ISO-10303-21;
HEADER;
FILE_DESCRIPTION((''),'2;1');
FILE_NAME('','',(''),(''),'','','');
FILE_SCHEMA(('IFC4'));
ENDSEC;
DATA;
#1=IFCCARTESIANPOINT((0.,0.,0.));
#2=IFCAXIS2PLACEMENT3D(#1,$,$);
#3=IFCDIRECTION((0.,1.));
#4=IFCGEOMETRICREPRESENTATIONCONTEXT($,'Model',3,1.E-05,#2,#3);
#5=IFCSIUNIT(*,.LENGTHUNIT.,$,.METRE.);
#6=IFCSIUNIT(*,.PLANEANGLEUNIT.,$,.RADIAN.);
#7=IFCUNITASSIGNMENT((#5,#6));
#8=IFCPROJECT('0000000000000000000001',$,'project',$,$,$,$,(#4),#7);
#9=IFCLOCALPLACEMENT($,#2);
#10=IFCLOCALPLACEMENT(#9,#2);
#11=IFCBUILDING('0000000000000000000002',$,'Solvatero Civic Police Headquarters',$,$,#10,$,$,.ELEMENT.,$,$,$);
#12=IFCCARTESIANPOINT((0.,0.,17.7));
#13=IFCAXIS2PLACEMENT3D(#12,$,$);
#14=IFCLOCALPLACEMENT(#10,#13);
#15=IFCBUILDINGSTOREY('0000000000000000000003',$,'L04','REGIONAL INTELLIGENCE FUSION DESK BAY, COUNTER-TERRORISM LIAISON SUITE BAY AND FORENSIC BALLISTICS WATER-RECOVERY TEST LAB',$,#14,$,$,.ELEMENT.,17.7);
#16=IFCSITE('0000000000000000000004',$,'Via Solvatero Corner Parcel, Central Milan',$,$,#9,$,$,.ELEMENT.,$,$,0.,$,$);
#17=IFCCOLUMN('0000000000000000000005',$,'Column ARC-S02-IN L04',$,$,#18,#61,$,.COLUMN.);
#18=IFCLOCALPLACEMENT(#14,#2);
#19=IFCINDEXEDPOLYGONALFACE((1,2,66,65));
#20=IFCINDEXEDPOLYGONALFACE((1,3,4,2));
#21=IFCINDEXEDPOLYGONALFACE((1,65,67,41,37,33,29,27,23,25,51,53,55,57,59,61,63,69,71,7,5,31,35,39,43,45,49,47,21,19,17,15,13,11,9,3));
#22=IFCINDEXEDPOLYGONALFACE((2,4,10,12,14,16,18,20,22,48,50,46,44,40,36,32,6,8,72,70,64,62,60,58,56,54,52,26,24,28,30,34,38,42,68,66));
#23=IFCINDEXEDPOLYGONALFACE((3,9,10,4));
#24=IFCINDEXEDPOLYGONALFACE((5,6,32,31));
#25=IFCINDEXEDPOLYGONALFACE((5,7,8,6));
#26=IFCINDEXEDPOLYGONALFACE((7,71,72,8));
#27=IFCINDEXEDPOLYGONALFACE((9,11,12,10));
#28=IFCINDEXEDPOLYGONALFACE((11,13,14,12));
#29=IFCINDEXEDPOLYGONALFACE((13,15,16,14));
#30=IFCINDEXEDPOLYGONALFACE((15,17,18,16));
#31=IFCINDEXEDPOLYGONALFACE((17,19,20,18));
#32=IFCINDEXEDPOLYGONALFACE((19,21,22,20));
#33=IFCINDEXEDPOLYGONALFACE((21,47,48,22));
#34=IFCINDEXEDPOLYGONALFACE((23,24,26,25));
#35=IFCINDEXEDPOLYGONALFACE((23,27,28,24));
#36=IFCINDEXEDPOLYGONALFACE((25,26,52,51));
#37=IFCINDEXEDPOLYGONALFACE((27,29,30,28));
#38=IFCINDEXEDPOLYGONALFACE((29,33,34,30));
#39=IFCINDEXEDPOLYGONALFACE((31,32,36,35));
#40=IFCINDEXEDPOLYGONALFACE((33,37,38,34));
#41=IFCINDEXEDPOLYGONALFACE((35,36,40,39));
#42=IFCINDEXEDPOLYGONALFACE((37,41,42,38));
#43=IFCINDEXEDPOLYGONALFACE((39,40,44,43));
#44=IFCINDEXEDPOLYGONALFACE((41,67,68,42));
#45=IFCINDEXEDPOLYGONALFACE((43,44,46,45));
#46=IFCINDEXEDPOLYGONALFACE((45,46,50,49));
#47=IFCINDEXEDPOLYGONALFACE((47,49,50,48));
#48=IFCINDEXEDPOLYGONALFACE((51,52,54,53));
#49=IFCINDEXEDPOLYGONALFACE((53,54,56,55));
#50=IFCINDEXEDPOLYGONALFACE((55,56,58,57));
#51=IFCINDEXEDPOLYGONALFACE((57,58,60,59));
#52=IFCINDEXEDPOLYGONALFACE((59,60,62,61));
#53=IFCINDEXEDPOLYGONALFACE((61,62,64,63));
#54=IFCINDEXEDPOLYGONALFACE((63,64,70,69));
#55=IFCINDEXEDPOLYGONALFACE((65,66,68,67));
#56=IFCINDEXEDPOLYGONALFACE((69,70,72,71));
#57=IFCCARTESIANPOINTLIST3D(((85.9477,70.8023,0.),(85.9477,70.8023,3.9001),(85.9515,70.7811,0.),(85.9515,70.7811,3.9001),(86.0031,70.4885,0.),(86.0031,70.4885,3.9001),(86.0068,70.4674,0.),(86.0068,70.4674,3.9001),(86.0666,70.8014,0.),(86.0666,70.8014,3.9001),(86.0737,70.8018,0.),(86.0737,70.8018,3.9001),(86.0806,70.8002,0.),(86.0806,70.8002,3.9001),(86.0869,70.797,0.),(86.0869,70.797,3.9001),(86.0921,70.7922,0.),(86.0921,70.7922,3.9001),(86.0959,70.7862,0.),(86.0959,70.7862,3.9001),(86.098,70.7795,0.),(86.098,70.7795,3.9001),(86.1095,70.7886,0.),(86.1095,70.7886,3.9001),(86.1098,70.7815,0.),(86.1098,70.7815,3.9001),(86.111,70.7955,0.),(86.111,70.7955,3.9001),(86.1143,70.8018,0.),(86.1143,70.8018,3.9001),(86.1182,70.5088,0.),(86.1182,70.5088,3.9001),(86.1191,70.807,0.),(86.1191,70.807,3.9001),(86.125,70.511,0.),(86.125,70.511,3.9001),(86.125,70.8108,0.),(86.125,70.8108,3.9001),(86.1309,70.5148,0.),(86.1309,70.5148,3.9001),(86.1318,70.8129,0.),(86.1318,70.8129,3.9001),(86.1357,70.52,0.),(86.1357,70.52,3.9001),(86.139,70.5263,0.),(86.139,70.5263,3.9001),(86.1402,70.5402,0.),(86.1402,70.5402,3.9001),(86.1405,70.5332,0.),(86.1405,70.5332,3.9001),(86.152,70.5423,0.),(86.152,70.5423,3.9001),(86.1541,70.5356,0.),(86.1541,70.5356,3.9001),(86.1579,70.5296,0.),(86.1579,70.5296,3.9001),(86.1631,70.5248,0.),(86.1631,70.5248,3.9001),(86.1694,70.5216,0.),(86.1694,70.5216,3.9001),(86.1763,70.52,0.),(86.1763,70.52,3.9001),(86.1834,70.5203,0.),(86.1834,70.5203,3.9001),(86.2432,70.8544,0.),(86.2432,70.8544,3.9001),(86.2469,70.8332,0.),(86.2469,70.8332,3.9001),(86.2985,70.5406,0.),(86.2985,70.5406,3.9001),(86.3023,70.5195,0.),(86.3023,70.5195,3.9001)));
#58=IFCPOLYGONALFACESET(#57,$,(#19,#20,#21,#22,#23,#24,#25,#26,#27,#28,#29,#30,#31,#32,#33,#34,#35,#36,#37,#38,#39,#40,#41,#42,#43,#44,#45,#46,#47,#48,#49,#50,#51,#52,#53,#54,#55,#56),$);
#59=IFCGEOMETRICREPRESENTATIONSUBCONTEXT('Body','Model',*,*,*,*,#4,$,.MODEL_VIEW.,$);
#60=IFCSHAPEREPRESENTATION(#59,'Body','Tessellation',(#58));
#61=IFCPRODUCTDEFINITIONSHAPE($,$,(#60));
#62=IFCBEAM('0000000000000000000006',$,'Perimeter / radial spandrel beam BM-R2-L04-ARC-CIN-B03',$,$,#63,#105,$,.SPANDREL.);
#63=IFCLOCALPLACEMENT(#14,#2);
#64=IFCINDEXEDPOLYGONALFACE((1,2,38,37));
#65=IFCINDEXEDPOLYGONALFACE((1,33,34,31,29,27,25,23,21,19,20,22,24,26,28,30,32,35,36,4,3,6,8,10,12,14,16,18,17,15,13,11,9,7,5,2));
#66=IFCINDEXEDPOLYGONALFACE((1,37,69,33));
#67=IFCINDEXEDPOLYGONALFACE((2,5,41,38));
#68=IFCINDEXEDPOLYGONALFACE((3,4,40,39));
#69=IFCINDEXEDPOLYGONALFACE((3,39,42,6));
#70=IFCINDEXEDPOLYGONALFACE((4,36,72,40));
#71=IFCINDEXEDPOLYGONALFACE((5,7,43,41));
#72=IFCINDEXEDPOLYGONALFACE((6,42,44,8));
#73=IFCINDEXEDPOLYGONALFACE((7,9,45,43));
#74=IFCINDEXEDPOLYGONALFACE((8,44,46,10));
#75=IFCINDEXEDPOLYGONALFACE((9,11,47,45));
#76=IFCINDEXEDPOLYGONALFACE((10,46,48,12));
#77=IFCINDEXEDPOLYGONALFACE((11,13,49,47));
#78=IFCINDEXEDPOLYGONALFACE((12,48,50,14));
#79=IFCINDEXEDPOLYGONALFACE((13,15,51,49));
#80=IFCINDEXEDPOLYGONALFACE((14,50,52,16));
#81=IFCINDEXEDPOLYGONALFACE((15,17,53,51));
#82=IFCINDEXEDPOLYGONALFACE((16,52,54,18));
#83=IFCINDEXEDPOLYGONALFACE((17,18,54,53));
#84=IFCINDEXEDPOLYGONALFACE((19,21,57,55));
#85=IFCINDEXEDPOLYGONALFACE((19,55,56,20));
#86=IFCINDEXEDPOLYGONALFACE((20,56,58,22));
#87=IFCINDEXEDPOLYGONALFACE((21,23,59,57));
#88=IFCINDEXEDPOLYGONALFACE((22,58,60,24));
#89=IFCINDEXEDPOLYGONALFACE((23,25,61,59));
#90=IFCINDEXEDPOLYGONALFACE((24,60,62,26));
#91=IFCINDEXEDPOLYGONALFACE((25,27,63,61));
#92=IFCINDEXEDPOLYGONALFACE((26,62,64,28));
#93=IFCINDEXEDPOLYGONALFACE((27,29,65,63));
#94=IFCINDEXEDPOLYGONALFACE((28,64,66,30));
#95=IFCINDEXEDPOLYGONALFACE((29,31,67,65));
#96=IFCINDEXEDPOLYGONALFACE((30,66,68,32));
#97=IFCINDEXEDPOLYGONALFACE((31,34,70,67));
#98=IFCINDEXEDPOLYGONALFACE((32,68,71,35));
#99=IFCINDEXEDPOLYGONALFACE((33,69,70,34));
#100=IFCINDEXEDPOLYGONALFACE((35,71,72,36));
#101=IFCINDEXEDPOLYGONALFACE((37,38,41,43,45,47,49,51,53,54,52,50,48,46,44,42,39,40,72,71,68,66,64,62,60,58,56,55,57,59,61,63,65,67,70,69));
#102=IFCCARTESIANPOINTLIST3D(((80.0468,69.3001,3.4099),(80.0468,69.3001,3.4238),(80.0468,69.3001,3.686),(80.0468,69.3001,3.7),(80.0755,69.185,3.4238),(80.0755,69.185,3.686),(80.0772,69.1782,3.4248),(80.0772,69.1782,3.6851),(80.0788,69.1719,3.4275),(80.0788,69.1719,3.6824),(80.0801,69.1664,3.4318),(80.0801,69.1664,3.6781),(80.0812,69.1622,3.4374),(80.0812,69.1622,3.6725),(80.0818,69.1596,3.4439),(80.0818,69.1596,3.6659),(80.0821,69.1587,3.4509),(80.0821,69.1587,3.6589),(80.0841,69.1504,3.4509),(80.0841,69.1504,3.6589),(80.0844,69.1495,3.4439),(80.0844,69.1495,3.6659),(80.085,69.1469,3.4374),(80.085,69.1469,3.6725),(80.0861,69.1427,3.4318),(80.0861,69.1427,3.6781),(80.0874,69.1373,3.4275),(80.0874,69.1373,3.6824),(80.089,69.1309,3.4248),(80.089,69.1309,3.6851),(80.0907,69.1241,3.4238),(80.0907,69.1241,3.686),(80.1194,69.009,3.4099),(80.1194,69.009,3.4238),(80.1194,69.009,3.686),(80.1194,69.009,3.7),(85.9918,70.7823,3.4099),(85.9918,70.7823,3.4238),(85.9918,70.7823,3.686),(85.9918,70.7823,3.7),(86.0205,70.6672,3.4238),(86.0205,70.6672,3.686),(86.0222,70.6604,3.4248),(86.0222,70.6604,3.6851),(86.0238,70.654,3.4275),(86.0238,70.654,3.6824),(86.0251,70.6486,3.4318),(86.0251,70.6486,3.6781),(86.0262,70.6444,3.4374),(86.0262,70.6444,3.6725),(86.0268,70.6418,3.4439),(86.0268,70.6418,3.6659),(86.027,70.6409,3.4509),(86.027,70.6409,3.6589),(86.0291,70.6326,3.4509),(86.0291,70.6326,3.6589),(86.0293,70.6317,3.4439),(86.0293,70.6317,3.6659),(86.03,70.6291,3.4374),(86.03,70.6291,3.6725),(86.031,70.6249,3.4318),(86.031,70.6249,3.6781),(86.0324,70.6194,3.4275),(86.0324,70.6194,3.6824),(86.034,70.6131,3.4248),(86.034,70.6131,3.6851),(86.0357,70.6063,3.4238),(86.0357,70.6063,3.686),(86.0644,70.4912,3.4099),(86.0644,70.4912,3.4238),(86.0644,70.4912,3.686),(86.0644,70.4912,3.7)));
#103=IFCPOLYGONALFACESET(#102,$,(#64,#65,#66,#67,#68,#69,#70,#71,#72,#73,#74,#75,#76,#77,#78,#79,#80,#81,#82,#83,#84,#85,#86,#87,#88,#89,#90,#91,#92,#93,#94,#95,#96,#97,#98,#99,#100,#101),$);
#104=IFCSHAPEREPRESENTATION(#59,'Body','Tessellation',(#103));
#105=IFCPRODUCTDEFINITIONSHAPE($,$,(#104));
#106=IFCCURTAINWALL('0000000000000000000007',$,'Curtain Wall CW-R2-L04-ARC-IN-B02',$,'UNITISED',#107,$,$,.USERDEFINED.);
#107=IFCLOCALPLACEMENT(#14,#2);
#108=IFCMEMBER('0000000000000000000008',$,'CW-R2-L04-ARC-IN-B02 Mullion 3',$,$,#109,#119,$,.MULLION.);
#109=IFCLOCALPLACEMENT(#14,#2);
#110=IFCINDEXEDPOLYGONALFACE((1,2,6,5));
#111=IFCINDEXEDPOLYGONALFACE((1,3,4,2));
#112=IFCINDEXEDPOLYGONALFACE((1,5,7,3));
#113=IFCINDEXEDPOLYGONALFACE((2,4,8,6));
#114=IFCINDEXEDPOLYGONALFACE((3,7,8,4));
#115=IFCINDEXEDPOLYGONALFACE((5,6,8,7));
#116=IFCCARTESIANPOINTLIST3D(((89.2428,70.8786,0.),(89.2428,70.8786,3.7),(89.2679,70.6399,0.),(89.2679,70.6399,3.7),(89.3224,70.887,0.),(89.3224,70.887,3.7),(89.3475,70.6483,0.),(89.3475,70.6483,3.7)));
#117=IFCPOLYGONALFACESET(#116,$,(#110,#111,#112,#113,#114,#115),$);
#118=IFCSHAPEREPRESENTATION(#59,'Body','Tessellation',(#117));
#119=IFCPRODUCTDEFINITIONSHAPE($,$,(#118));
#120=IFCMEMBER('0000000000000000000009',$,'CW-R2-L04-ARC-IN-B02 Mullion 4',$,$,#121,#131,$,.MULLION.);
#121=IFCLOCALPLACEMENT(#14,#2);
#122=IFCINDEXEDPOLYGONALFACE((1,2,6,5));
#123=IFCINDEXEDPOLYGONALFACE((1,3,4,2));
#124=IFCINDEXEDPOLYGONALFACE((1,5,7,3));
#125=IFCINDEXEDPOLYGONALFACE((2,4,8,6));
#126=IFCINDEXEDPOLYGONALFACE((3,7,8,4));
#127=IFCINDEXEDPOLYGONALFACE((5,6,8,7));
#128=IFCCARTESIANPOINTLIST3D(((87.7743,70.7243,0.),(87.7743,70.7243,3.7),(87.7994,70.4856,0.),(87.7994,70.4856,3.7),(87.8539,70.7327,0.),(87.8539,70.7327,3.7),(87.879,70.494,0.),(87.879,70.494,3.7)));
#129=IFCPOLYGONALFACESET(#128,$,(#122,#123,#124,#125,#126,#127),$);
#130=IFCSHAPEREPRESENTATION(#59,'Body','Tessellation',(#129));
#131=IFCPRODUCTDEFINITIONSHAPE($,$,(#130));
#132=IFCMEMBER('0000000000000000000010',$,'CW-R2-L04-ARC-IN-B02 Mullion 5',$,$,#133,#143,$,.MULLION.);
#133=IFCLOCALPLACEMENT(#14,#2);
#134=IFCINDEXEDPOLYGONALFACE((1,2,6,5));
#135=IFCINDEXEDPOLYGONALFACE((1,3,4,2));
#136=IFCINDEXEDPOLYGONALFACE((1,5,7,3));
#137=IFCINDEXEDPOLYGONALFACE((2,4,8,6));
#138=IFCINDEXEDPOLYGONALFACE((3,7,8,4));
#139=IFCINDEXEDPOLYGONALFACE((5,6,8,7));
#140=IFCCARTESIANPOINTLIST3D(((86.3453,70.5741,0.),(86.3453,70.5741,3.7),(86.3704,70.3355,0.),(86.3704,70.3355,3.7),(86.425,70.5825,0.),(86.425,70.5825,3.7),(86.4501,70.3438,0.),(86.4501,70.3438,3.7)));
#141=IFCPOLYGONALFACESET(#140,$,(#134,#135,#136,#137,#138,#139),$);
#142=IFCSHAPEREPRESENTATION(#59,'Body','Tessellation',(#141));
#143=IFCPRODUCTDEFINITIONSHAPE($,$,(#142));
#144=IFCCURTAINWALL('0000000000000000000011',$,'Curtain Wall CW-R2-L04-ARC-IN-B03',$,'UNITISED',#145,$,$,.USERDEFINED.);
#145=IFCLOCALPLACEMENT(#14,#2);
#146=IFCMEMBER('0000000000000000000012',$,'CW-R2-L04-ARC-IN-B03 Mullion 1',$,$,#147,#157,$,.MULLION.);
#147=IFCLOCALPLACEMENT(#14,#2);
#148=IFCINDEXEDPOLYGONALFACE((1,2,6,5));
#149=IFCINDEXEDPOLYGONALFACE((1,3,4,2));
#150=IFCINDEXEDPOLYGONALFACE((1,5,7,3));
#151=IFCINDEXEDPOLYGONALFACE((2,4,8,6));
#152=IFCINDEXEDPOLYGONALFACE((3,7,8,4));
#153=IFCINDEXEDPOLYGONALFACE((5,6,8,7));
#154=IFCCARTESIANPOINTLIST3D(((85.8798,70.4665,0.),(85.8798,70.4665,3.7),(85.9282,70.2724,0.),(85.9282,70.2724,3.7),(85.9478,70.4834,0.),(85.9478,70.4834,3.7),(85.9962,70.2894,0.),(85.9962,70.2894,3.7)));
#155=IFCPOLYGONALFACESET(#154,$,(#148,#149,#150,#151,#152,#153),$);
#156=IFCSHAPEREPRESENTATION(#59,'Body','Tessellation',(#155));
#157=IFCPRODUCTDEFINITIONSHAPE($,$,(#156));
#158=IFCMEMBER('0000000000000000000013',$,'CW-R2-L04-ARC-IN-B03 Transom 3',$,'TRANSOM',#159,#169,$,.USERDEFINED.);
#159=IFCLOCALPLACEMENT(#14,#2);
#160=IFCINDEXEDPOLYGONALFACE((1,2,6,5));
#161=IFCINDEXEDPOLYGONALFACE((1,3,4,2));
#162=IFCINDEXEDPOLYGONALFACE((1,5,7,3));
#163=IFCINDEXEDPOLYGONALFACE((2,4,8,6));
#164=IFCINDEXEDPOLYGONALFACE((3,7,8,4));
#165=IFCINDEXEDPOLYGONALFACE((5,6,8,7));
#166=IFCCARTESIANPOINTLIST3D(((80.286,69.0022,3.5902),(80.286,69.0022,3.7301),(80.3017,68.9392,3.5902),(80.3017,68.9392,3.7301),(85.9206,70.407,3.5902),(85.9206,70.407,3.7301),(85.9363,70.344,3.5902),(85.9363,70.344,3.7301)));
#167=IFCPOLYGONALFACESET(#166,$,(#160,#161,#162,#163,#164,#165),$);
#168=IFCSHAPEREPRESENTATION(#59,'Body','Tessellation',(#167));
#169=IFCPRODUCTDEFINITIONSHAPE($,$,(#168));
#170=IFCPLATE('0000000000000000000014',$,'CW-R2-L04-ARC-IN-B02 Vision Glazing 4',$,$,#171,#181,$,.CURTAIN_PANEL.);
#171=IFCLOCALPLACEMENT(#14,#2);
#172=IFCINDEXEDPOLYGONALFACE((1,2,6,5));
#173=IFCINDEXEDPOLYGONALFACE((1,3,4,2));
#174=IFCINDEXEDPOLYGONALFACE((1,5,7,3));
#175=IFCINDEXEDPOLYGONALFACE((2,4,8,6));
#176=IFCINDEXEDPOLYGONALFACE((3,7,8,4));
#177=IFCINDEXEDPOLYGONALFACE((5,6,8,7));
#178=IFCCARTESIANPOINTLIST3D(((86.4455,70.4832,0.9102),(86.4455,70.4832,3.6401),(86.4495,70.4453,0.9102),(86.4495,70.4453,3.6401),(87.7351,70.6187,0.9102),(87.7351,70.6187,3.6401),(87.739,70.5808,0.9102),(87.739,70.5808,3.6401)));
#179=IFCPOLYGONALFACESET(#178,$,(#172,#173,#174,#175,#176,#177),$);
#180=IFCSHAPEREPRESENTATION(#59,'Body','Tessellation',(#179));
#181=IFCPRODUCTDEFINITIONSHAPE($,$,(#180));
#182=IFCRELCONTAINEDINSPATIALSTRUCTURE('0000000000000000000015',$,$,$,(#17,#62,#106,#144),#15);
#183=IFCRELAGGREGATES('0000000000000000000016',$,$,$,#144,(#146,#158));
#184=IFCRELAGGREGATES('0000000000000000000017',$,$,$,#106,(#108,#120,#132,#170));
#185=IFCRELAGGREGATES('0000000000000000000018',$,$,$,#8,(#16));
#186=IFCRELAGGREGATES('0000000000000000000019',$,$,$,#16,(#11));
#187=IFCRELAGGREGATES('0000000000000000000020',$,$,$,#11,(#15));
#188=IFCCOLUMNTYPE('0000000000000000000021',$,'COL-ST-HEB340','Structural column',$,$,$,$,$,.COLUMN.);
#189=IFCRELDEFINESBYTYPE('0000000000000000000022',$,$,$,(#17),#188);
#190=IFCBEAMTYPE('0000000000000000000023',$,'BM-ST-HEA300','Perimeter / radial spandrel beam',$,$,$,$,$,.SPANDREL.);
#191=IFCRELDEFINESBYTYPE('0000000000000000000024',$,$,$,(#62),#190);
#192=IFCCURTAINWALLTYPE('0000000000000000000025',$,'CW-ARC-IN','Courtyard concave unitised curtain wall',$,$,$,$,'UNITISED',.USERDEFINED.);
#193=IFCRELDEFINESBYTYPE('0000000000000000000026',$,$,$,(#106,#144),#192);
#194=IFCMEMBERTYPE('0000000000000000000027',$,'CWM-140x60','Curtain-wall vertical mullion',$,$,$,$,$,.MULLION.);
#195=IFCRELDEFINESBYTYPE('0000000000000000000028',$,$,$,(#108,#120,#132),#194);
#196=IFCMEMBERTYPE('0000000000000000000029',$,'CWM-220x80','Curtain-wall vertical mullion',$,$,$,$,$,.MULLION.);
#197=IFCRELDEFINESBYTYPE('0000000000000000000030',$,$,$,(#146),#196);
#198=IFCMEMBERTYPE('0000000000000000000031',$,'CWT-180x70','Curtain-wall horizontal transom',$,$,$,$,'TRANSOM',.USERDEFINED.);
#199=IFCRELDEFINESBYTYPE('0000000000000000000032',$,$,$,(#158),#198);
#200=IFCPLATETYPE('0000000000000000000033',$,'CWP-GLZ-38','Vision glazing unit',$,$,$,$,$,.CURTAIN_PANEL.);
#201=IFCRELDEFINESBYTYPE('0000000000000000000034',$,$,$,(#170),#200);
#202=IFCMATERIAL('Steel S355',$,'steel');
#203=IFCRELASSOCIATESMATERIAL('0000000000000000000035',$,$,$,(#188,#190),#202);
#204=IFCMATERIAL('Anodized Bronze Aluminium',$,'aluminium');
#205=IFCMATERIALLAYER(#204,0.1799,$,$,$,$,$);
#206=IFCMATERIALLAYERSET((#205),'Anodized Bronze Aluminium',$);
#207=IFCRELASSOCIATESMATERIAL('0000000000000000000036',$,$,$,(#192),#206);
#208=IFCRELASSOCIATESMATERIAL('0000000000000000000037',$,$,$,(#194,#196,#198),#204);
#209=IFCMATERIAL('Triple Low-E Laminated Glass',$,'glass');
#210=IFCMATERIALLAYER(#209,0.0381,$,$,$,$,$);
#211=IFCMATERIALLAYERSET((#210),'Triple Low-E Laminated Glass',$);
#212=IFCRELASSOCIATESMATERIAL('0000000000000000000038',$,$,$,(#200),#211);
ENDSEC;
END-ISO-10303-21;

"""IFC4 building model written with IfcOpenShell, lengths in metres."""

from ifc_helpers import new_model, si_unit, direction, frame, origin, origin_2d, place, context, subcontext, project, spatial, rectangle, i_section, extrude, material, layer, layer_set, material_profile, profile_set, type_object, element, aggregate, save


model = new_model("IFC4")

# Units and contexts
model_context = context("Model", 3, precision=1e-05, world=origin(), true_north=direction((0.0, 1.0)))
body_context = subcontext(model_context, "Body", "Model", "MODEL_VIEW")
ifc_project = project(units=[si_unit("LENGTHUNIT", "METRE"), si_unit("PLANEANGLEUNIT", "RADIAN")], contexts=[model_context])

# Site, building, storey
site_placement = place(None, origin())
site = spatial("IfcSite", under=ifc_project, at=site_placement, Name="Via Solvatero Corner Parcel, Central Milan", CompositionType="ELEMENT", RefElevation=0.0)
building_placement = place(site_placement, origin())
building = spatial("IfcBuilding", under=site, at=building_placement, Name="Solvatero Civic Police Headquarters", CompositionType="ELEMENT")
storey_placement = place(building_placement, frame((0.0, 0.0, 17.7)))
storey = spatial("IfcBuildingStorey", under=building, at=storey_placement, Name="L04", Description="REGIONAL INTELLIGENCE FUSION DESK BAY, COUNTER-TERRORISM LIAISON SUITE BAY AND FORENSIC BALLISTICS WATER-RECOVERY TEST LAB", CompositionType="ELEMENT", Elevation=17.7)

# Column
ifc_material_1 = material(Name="Steel S355", Category="steel")
ifc_material_profile_1 = material_profile(ifc_material_1, i_section(OverallWidth=0.3, OverallDepth=0.3401, WebThickness=0.012, FlangeThickness=0.0215, FilletRadius=0.0271, at=origin_2d()), Name="HEB 340")
ifc_profile_set_1 = profile_set([ifc_material_profile_1], Name="Steel S355")
column_type = type_object("IfcColumnType", Name="COL-ST-HEB340", Description="Structural column", PredefinedType="COLUMN", material=ifc_profile_set_1)
column_placement = place(storey_placement, frame((86.125, 70.6609, 0.0), z_axis=(0.0, 0.0, 1.0), x_axis=(0.984808, 0.173648, 0.0)))
element("IfcColumn", 1, at=column_placement, inside=storey, type_object=column_type, Name="Column ARC-S02-IN L04", PredefinedType="COLUMN", context=body_context, shape_type="SweptSolid", body=[
    extrude(i_section(OverallWidth=0.3, OverallDepth=0.3401, WebThickness=0.012, FlangeThickness=0.0215, FilletRadius=0.0271, at=origin_2d()), origin(), (0.0, 0.0, 1.0), 3.9001),
])

# Beam
ifc_material_profile_2 = material_profile(ifc_material_1, i_section(OverallWidth=0.3, OverallDepth=0.29, WebThickness=0.0085, FlangeThickness=0.0139, FilletRadius=0.0271, at=origin_2d()), Name="HEA 300")
ifc_profile_set_2 = profile_set([ifc_material_profile_2], Name="Steel S355")
beam_type = type_object("IfcBeamType", Name="BM-ST-HEA300", Description="Perimeter / radial spandrel beam", PredefinedType="SPANDREL", material=ifc_profile_set_2)
beam_placement = place(storey_placement, frame((86.0281, 70.6367, 3.5549), z_axis=(-0.970299, -0.241907, 0.0), x_axis=(0.241907, -0.970299, 0.0)))
element("IfcBeam", 2, at=beam_placement, inside=storey, type_object=beam_type, Name="Perimeter / radial spandrel beam BM-R2-L04-ARC-CIN-B03", PredefinedType="SPANDREL", context=body_context, shape_type="SweptSolid", body=[
    extrude(i_section(OverallWidth=0.3, OverallDepth=0.29, WebThickness=0.0085, FlangeThickness=0.0139, FilletRadius=0.0271, at=origin_2d()), origin(), (0.0, 0.0, 1.0), 6.127),
])

# Curtain walls, members
ifc_material_2 = material(Name="Anodized Bronze Aluminium", Category="aluminium")
ifc_layer_1 = layer(ifc_material_2, 0.1799)
ifc_layer_set_1 = layer_set([ifc_layer_1], Name="Anodized Bronze Aluminium")
curtain_wall_type = type_object("IfcCurtainWallType", Name="CW-ARC-IN", Description="Courtyard concave unitised curtain wall", ElementType="UNITISED", PredefinedType="USERDEFINED", material=ifc_layer_set_1)
curtain_wall_1_placement = place(storey_placement, origin())
curtain_wall_1 = element("IfcCurtainWall", 3, at=curtain_wall_1_placement, inside=storey, type_object=curtain_wall_type, Name="Curtain Wall CW-R2-L04-ARC-IN-B02", ObjectType="UNITISED", PredefinedType="USERDEFINED")
ifc_material_profile_3 = material_profile(ifc_material_2, rectangle(XDim=0.0801, YDim=0.24, at=origin_2d()), Name="ALU MULLION 80x240")
ifc_profile_set_3 = profile_set([ifc_material_profile_3], Name="Anodized Bronze Aluminium")
member_type_1 = type_object("IfcMemberType", Name="CWM-140x60", Description="Curtain-wall vertical mullion", PredefinedType="MULLION", material=ifc_profile_set_3)
member_1_placement = place(storey_placement, frame((89.2952, 70.7634, 0.0), z_axis=(0.0, 0.0, 1.0), x_axis=(-0.994522, -0.104528, 0.0)))
member_1 = element("IfcMember", 4, at=member_1_placement, type_object=member_type_1, Name="CW-R2-L04-ARC-IN-B02 Mullion 3", PredefinedType="MULLION", context=body_context, shape_type="SweptSolid", body=[
    extrude(rectangle(XDim=0.0801, YDim=0.24, at=origin_2d()), origin(), (0.0, 0.0, 1.0), 3.7),
])
member_2_placement = place(storey_placement, frame((87.8267, 70.6091, 0.0), z_axis=(0.0, 0.0, 1.0), x_axis=(-0.994522, -0.104528, 0.0)))
member_2 = element("IfcMember", 5, at=member_2_placement, type_object=member_type_1, Name="CW-R2-L04-ARC-IN-B02 Mullion 4", PredefinedType="MULLION", context=body_context, shape_type="SweptSolid", body=[
    extrude(rectangle(XDim=0.0801, YDim=0.24, at=origin_2d()), origin(), (0.0, 0.0, 1.0), 3.7),
])
member_3_placement = place(storey_placement, frame((86.3977, 70.459, 0.0), z_axis=(0.0, 0.0, 1.0), x_axis=(-0.994522, -0.104528, 0.0)))
member_3 = element("IfcMember", 6, at=member_3_placement, type_object=member_type_1, Name="CW-R2-L04-ARC-IN-B02 Mullion 5", PredefinedType="MULLION", context=body_context, shape_type="SweptSolid", body=[
    extrude(rectangle(XDim=0.0801, YDim=0.24, at=origin_2d()), origin(), (0.0, 0.0, 1.0), 3.7),
])
curtain_wall_2_placement = place(storey_placement, origin())
curtain_wall_2 = element("IfcCurtainWall", 7, at=curtain_wall_2_placement, inside=storey, type_object=curtain_wall_type, Name="Curtain Wall CW-R2-L04-ARC-IN-B03", ObjectType="UNITISED", PredefinedType="USERDEFINED")
ifc_material_profile_4 = material_profile(ifc_material_2, rectangle(XDim=0.0701, YDim=0.2, at=origin_2d()), Name="ALU MULLION 70x200")
ifc_profile_set_4 = profile_set([ifc_material_profile_4], Name="Anodized Bronze Aluminium")
member_type_2 = type_object("IfcMemberType", Name="CWM-220x80", Description="Curtain-wall vertical mullion", PredefinedType="MULLION", material=ifc_profile_set_4)
member_4_placement = place(storey_placement, frame((85.938, 70.3779, 0.0), z_axis=(0.0, 0.0, 1.0), x_axis=(-0.970296, -0.241922, 0.0)))
member_4 = element("IfcMember", 8, at=member_4_placement, type_object=member_type_2, Name="CW-R2-L04-ARC-IN-B03 Mullion 1", PredefinedType="MULLION", context=body_context, shape_type="SweptSolid", body=[
    extrude(rectangle(XDim=0.0701, YDim=0.2, at=origin_2d()), origin(), (0.0, 0.0, 1.0), 3.7),
])
ifc_material_profile_5 = material_profile(ifc_material_2, rectangle(XDim=0.0649, YDim=0.1399, at=origin_2d()), Name="ALU TRANSOM 65x140")
ifc_profile_set_5 = profile_set([ifc_material_profile_5], Name="Anodized Bronze Aluminium")
member_type_3 = type_object("IfcMemberType", Name="CWT-180x70", Description="Curtain-wall horizontal transom", ElementType="TRANSOM", PredefinedType="USERDEFINED", material=ifc_profile_set_5)
member_5_placement = place(storey_placement, frame((85.9285, 70.3755, 3.6602), z_axis=(-0.970301, -0.241902, 0.0), x_axis=(0.241902, -0.970301, 0.0)))
member_5 = element("IfcMember", 9, at=member_5_placement, type_object=member_type_3, Name="CW-R2-L04-ARC-IN-B03 Transom 3", ObjectType="TRANSOM", PredefinedType="USERDEFINED", context=body_context, shape_type="SweptSolid", body=[
    extrude(rectangle(XDim=0.0649, YDim=0.1399, at=origin_2d()), origin(), (0.0, 0.0, 1.0), 5.8071),
])
aggregate(curtain_wall_2, [member_4, member_5])

# Plate
ifc_material_3 = material(Name="Triple Low-E Laminated Glass", Category="glass")
ifc_layer_2 = layer(ifc_material_3, 0.0381)
ifc_layer_set_2 = layer_set([ifc_layer_2], Name="Triple Low-E Laminated Glass")
plate_type_1 = type_object("IfcPlateType", Name="CWP-GLZ-38", Description="Vision glazing unit", PredefinedType="CURTAIN_PANEL", material=ifc_layer_set_2)
plate_1_placement = place(storey_placement, frame((87.0923, 70.532, 0.9102), z_axis=(0.0, 0.0, 1.0), x_axis=(-0.994522, -0.104528, 0.0)))
plate_1 = element("IfcPlate", 10, at=plate_1_placement, type_object=plate_type_1, Name="CW-R2-L04-ARC-IN-B02 Vision Glazing 4", PredefinedType="CURTAIN_PANEL", context=body_context, shape_type="SweptSolid", body=[
    extrude(rectangle(XDim=1.2966, YDim=0.0381, at=origin_2d()), origin(), (0.0, 0.0, 1.0), 2.73),
])
aggregate(curtain_wall_1, [member_1, member_2, member_3, plate_1])

save(model, "model.ifc")
